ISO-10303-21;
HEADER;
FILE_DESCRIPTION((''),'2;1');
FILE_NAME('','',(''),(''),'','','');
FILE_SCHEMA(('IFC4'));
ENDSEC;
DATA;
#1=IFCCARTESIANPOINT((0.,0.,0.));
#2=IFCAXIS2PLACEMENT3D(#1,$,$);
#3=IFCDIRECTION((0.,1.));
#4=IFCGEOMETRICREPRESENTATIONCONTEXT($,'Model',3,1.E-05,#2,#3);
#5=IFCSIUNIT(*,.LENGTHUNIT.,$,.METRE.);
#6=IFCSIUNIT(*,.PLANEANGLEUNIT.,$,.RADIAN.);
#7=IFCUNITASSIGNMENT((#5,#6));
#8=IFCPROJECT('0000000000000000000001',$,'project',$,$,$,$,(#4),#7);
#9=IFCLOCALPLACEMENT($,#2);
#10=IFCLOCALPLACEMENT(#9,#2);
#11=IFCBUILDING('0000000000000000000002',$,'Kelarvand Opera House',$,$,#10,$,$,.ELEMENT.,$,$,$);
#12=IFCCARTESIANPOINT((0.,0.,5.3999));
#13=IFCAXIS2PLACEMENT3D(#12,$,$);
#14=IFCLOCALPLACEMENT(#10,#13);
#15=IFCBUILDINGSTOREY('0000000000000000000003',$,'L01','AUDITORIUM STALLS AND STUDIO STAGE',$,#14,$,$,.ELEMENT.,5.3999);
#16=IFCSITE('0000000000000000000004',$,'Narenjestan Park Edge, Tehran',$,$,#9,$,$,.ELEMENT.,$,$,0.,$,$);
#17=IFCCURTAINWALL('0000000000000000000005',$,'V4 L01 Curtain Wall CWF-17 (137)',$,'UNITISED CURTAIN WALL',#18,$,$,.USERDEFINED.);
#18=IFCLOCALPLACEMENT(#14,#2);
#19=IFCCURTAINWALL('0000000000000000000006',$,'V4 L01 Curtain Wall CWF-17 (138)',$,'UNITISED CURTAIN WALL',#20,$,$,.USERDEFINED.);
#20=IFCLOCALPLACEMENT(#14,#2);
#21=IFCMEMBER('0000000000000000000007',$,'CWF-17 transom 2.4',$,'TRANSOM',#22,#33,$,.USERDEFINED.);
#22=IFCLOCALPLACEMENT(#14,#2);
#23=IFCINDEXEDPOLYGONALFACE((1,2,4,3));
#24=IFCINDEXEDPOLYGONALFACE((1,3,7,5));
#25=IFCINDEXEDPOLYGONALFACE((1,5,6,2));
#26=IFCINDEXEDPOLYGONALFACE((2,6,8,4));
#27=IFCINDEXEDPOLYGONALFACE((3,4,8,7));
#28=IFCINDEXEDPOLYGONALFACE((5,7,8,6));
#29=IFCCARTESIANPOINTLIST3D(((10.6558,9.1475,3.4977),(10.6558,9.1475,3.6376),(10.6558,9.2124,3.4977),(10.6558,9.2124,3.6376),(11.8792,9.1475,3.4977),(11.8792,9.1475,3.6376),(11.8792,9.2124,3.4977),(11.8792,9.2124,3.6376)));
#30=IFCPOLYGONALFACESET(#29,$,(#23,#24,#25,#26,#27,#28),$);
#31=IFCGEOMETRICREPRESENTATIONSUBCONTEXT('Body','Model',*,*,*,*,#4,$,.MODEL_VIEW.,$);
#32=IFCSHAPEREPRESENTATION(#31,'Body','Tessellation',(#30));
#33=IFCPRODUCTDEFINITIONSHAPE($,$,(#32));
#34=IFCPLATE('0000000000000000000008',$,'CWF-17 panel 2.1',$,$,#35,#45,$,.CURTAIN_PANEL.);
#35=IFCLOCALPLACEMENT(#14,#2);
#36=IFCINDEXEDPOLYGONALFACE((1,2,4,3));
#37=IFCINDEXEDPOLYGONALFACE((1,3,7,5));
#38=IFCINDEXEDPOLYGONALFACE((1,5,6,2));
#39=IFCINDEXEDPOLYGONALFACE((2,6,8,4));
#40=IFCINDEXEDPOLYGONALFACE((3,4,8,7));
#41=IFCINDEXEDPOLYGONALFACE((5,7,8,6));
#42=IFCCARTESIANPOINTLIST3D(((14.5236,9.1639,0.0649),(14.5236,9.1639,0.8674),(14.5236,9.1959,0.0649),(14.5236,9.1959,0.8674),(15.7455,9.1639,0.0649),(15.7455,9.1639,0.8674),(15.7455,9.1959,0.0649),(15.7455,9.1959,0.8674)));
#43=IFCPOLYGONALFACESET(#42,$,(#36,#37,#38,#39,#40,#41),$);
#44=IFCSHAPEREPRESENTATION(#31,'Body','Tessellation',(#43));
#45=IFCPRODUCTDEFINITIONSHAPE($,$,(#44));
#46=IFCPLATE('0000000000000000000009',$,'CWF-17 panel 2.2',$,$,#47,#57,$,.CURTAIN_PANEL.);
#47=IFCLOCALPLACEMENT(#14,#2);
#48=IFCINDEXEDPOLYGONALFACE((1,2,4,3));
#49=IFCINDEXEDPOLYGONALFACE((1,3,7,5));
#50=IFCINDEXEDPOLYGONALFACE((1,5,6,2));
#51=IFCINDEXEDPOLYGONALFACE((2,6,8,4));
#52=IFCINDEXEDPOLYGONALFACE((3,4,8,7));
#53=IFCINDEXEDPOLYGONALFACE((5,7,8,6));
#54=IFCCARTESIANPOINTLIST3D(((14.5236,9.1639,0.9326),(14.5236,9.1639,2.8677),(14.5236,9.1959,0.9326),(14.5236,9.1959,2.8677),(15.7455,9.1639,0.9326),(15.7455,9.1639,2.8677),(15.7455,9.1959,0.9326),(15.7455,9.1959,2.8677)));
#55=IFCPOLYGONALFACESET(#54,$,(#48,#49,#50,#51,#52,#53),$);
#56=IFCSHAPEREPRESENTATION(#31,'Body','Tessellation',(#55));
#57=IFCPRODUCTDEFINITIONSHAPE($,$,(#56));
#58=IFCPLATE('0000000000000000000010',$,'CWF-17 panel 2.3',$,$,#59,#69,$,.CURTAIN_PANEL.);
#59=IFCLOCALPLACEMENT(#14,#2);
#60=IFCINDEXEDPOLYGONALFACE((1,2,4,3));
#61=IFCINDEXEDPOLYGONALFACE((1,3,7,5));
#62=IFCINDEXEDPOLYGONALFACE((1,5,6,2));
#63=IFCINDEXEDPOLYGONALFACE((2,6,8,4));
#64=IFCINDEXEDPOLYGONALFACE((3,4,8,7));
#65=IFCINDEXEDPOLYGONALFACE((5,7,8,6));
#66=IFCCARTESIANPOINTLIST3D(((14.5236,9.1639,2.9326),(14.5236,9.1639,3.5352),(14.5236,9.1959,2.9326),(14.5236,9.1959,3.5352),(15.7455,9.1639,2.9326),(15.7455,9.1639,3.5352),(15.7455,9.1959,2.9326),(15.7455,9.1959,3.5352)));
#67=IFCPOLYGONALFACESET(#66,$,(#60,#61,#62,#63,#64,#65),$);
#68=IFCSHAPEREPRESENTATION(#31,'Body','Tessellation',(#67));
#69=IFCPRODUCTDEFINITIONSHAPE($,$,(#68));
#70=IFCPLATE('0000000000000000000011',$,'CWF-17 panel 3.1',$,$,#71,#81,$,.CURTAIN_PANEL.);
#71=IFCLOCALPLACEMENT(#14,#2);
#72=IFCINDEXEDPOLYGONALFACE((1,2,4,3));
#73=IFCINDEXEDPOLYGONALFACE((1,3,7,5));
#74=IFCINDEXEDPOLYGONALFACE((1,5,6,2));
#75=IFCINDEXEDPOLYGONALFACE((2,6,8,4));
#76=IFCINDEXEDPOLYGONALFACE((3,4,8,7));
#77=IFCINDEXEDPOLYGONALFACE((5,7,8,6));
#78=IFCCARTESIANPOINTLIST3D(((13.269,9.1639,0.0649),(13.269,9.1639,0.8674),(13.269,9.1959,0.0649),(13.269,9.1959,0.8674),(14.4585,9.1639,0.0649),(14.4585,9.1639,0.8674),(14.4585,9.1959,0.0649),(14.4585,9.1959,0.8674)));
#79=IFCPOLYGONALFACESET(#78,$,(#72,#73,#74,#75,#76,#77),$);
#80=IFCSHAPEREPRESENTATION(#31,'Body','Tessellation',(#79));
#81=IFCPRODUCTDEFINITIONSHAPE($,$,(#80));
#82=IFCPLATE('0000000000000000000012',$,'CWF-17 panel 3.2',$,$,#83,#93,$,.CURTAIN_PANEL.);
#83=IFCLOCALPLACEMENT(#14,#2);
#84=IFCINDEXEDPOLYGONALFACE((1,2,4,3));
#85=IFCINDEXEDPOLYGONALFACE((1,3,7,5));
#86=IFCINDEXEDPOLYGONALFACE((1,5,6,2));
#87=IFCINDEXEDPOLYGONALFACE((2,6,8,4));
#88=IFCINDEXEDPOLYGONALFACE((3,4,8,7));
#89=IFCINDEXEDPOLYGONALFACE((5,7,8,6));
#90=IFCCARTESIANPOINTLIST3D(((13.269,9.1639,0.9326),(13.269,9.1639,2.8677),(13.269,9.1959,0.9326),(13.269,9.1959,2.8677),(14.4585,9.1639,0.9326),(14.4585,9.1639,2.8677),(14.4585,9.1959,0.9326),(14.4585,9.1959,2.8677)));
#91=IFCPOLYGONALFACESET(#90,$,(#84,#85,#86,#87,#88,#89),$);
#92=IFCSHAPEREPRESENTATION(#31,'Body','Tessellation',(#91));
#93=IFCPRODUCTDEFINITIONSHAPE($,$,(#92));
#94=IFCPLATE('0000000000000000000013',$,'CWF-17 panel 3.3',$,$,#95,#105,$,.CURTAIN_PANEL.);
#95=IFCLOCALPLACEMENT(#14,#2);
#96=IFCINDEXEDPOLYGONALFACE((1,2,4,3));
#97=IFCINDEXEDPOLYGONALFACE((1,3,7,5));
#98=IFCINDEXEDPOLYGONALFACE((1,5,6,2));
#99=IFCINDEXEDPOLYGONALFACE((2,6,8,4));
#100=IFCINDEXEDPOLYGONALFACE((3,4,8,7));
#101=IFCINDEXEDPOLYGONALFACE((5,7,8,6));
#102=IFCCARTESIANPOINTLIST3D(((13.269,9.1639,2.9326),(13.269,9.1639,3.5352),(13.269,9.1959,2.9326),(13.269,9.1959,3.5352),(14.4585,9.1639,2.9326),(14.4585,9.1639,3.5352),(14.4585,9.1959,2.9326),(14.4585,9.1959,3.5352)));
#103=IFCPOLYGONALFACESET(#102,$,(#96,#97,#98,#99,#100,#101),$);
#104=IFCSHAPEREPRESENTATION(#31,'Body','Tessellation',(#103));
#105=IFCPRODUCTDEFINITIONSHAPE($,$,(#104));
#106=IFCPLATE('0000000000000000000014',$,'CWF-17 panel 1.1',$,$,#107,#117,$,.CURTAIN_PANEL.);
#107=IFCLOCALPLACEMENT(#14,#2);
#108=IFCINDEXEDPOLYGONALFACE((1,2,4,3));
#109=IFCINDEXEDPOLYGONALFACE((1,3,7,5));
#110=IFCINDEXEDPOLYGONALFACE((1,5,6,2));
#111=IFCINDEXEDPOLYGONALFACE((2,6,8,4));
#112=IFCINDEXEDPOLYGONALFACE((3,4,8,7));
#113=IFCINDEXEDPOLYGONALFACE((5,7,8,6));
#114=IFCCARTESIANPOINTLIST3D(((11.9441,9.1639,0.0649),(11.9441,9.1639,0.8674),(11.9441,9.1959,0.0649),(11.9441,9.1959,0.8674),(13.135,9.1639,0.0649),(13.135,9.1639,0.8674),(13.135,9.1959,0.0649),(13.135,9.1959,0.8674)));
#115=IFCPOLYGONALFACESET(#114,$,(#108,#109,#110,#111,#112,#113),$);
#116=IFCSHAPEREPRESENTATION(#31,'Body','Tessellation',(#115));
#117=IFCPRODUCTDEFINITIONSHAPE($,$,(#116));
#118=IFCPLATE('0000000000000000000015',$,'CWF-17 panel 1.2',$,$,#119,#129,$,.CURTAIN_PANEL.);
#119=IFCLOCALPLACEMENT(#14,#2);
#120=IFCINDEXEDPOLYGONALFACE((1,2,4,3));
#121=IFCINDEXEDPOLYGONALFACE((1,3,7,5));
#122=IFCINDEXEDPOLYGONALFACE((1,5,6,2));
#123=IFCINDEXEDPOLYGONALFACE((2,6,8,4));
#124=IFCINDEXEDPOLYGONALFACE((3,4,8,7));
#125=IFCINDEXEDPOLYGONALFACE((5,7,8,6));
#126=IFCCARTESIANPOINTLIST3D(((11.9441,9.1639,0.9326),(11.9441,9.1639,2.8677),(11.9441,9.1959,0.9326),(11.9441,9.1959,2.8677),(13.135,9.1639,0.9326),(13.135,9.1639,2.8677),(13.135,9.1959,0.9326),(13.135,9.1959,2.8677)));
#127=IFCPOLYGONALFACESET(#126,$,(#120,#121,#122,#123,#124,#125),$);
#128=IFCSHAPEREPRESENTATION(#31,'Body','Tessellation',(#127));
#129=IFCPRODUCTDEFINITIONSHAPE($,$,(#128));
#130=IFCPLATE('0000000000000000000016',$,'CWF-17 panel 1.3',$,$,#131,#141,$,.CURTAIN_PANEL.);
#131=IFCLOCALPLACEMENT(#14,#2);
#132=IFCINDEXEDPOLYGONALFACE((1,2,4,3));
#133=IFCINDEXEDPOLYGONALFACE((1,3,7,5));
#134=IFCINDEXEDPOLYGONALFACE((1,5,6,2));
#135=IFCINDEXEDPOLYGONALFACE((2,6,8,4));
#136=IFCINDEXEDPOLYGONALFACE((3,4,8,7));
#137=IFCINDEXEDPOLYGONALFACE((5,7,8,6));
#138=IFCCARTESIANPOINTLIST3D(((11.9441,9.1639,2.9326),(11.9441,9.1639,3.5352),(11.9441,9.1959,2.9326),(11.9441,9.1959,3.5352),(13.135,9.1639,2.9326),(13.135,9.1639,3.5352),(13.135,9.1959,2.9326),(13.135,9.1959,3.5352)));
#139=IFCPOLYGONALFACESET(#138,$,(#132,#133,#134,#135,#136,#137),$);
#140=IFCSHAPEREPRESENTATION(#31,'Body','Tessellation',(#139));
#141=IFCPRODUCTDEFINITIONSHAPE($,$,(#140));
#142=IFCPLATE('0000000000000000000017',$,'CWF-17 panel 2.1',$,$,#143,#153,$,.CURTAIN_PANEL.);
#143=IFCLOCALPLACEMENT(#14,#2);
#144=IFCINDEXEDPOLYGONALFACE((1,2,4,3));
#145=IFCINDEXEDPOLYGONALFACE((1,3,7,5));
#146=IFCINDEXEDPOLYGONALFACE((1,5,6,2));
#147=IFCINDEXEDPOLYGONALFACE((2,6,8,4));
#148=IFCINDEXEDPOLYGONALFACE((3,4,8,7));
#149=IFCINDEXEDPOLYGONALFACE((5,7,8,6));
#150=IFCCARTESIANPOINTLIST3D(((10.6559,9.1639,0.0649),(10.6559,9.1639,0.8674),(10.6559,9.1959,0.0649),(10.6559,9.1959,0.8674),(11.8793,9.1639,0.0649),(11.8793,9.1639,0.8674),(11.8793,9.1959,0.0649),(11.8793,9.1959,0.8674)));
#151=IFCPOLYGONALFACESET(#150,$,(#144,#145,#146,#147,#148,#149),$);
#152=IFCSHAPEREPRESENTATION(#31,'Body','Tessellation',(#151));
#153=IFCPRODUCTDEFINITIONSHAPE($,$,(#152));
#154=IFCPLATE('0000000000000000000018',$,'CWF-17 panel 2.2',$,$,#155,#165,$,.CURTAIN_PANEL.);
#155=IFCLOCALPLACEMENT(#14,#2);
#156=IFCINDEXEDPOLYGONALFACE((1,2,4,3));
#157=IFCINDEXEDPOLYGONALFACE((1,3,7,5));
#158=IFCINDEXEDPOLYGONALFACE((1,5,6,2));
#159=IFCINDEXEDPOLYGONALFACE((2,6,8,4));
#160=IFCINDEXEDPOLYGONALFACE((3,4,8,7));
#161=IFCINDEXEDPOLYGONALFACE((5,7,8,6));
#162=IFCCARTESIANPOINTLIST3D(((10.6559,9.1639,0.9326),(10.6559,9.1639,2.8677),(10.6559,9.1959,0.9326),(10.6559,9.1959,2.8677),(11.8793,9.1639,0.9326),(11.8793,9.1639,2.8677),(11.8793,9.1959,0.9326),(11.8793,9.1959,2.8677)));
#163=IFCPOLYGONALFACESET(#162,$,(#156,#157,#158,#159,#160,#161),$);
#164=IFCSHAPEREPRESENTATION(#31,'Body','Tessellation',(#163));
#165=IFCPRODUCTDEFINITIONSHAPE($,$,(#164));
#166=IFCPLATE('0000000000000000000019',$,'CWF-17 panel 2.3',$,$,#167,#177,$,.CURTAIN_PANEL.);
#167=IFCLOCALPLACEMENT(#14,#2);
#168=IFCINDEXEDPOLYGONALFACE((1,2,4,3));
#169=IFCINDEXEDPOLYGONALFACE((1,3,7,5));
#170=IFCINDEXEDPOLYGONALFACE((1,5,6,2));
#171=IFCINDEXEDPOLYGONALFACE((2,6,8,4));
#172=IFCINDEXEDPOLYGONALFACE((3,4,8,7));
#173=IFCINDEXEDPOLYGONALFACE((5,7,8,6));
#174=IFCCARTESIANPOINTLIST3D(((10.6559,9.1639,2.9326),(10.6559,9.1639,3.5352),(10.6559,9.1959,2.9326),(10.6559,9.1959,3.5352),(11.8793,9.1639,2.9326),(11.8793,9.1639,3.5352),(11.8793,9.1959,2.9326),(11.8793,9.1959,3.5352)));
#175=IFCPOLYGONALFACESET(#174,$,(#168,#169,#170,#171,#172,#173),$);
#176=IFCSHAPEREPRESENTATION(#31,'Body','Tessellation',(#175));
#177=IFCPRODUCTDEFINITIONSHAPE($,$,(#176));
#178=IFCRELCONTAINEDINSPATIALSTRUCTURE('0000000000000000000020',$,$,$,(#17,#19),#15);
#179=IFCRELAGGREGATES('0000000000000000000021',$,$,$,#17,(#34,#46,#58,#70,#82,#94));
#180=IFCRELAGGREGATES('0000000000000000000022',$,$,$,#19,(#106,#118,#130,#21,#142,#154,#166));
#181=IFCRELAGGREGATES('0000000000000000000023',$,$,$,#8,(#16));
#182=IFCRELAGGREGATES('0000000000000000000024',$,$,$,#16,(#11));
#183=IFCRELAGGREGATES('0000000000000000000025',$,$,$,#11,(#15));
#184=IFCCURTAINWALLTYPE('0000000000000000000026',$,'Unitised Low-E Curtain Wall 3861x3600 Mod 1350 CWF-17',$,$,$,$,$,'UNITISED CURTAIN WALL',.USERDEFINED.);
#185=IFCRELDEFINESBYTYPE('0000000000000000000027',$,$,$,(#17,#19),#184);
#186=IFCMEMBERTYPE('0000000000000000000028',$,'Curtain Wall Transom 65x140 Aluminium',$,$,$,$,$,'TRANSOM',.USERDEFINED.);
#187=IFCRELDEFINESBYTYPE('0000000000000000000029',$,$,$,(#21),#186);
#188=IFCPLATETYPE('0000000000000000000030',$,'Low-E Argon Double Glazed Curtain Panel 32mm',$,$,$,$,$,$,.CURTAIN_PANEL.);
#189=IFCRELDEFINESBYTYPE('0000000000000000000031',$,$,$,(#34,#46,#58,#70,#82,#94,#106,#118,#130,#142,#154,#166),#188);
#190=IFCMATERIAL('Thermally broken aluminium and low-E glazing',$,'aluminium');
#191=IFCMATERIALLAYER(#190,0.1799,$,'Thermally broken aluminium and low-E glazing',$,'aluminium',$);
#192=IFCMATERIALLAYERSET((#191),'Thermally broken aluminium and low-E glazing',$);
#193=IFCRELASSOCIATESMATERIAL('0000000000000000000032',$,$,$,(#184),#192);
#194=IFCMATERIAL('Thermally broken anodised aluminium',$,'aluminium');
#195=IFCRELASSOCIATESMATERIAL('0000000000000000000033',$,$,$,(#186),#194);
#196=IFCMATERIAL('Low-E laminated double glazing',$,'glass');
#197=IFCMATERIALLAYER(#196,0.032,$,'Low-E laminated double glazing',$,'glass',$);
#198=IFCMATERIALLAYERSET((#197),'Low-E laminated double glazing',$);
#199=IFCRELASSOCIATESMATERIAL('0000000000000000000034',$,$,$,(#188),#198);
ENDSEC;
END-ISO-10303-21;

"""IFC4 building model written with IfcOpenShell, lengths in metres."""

from ifc_helpers import new_model, si_unit, direction, frame, origin, origin_2d, place, context, subcontext, project, spatial, rectangle, extrude, material, layer, layer_set, material_profile, profile_set, type_object, element, aggregate, save


model = new_model("IFC4")

# Units and contexts
model_context = context("Model", 3, precision=1e-05, world=origin(), true_north=direction((0.0, 1.0)))
body_context = subcontext(model_context, "Body", "Model", "MODEL_VIEW")
ifc_project = project(units=[si_unit("LENGTHUNIT", "METRE"), si_unit("PLANEANGLEUNIT", "RADIAN")], contexts=[model_context])

# Site, building, storey
site_placement = place(None, origin())
site = spatial("IfcSite", under=ifc_project, at=site_placement, Name="Narenjestan Park Edge, Tehran", CompositionType="ELEMENT", RefElevation=0.0)
building_placement = place(site_placement, origin())
building = spatial("IfcBuilding", under=site, at=building_placement, Name="Kelarvand Opera House", CompositionType="ELEMENT")
storey_placement = place(building_placement, frame((0.0, 0.0, 5.3999)))
storey = spatial("IfcBuildingStorey", under=building, at=storey_placement, Name="L01", Description="AUDITORIUM STALLS AND STUDIO STAGE", CompositionType="ELEMENT", Elevation=5.3999)

# Curtain walls
ifc_material_1 = material(Name="Thermally broken aluminium and low-E glazing", Category="aluminium")
ifc_layer_1 = layer(ifc_material_1, 0.1799, Name="Thermally broken aluminium and low-E glazing", Category="aluminium")
ifc_layer_set_1 = layer_set([ifc_layer_1], Name="Thermally broken aluminium and low-E glazing")
curtain_wall_type = type_object("IfcCurtainWallType", Name="Unitised Low-E Curtain Wall 3861x3600 Mod 1350 CWF-17", ElementType="UNITISED CURTAIN WALL", PredefinedType="USERDEFINED", material=ifc_layer_set_1)
curtain_wall_1_placement = place(storey_placement, origin())
curtain_wall_1 = element("IfcCurtainWall", 1, at=curtain_wall_1_placement, inside=storey, type_object=curtain_wall_type, Name="V4 L01 Curtain Wall CWF-17 (137)", ObjectType="UNITISED CURTAIN WALL", PredefinedType="USERDEFINED")
ifc_material_2 = material(Name="Thermally broken anodised aluminium", Category="aluminium")
curtain_wall_2_placement = place(storey_placement, origin())
curtain_wall_2 = element("IfcCurtainWall", 2, at=curtain_wall_2_placement, inside=storey, type_object=curtain_wall_type, Name="V4 L01 Curtain Wall CWF-17 (138)", ObjectType="UNITISED CURTAIN WALL", PredefinedType="USERDEFINED")

# Member
ifc_material_profile_1 = material_profile(ifc_material_2, rectangle(XDim=0.0649, YDim=0.1399, at=origin_2d()), Name="ALU TRANSOM 65x140", Category="aluminium")
ifc_profile_set_1 = profile_set([ifc_material_profile_1], Name="Thermally broken anodised aluminium")
member_type_1 = type_object("IfcMemberType", Name="Curtain Wall Transom 65x140 Aluminium", ElementType="TRANSOM", PredefinedType="USERDEFINED", material=ifc_profile_set_1)
member_1_placement = place(storey_placement, frame((11.8792, 9.1799, 3.5676), z_axis=(-1.0, 0.0, 0.0), x_axis=(0.0, -1.0, 0.0)))
member_1 = element("IfcMember", 3, at=member_1_placement, type_object=member_type_1, Name="CWF-17 transom 2.4", ObjectType="TRANSOM", PredefinedType="USERDEFINED", context=body_context, shape_type="SweptSolid", body=[
    extrude(rectangle(XDim=0.0649, YDim=0.1399, at=origin_2d()), origin(), (0.0, 0.0, 1.0), 1.2234),
])

# Plates
ifc_material_3 = material(Name="Low-E laminated double glazing", Category="glass")
ifc_layer_2 = layer(ifc_material_3, 0.032, Name="Low-E laminated double glazing", Category="glass")
ifc_layer_set_2 = layer_set([ifc_layer_2], Name="Low-E laminated double glazing")
plate_type = type_object("IfcPlateType", Name="Low-E Argon Double Glazed Curtain Panel 32mm", PredefinedType="CURTAIN_PANEL", material=ifc_layer_set_2)
plate_1_placement = place(storey_placement, frame((15.1345, 9.1799, 0.0649), z_axis=(0.0, 0.0, 1.0), x_axis=(-1.0, 0.0, 0.0)))
plate_1 = element("IfcPlate", 4, at=plate_1_placement, type_object=plate_type, Name="CWF-17 panel 2.1", PredefinedType="CURTAIN_PANEL", context=body_context, shape_type="SweptSolid", body=[
    extrude(rectangle(XDim=1.2219, YDim=0.032, at=origin_2d()), origin(), (0.0, 0.0, 1.0), 0.8025),
])
plate_2_placement = place(storey_placement, frame((15.1345, 9.1799, 0.9326), z_axis=(0.0, 0.0, 1.0), x_axis=(-1.0, 0.0, 0.0)))
plate_2 = element("IfcPlate", 5, at=plate_2_placement, type_object=plate_type, Name="CWF-17 panel 2.2", PredefinedType="CURTAIN_PANEL", context=body_context, shape_type="SweptSolid", body=[
    extrude(rectangle(XDim=1.2219, YDim=0.032, at=origin_2d()), origin(), (0.0, 0.0, 1.0), 1.9351),
])
plate_3_placement = place(storey_placement, frame((15.1345, 9.1799, 2.9326), z_axis=(0.0, 0.0, 1.0), x_axis=(-1.0, 0.0, 0.0)))
plate_3 = element("IfcPlate", 6, at=plate_3_placement, type_object=plate_type, Name="CWF-17 panel 2.3", PredefinedType="CURTAIN_PANEL", context=body_context, shape_type="SweptSolid", body=[
    extrude(rectangle(XDim=1.2219, YDim=0.032, at=origin_2d()), origin(), (0.0, 0.0, 1.0), 0.6025),
])
plate_4_placement = place(storey_placement, frame((13.8638, 9.1799, 0.0649), z_axis=(0.0, 0.0, 1.0), x_axis=(-1.0, 0.0, 0.0)))
plate_4 = element("IfcPlate", 7, at=plate_4_placement, type_object=plate_type, Name="CWF-17 panel 3.1", PredefinedType="CURTAIN_PANEL", context=body_context, shape_type="SweptSolid", body=[
    extrude(rectangle(XDim=1.1895, YDim=0.032, at=origin_2d()), origin(), (0.0, 0.0, 1.0), 0.8025),
])
plate_5_placement = place(storey_placement, frame((13.8638, 9.1799, 0.9326), z_axis=(0.0, 0.0, 1.0), x_axis=(-1.0, 0.0, 0.0)))
plate_5 = element("IfcPlate", 8, at=plate_5_placement, type_object=plate_type, Name="CWF-17 panel 3.2", PredefinedType="CURTAIN_PANEL", context=body_context, shape_type="SweptSolid", body=[
    extrude(rectangle(XDim=1.1895, YDim=0.032, at=origin_2d()), origin(), (0.0, 0.0, 1.0), 1.9351),
])
plate_6_placement = place(storey_placement, frame((13.8638, 9.1799, 2.9326), z_axis=(0.0, 0.0, 1.0), x_axis=(-1.0, 0.0, 0.0)))
plate_6 = element("IfcPlate", 9, at=plate_6_placement, type_object=plate_type, Name="CWF-17 panel 3.3", PredefinedType="CURTAIN_PANEL", context=body_context, shape_type="SweptSolid", body=[
    extrude(rectangle(XDim=1.1895, YDim=0.032, at=origin_2d()), origin(), (0.0, 0.0, 1.0), 0.6025),
])
aggregate(curtain_wall_1, [plate_1, plate_2, plate_3, plate_4, plate_5, plate_6])
plate_7_placement = place(storey_placement, frame((12.5396, 9.1799, 0.0649), z_axis=(0.0, 0.0, 1.0), x_axis=(-1.0, 0.0, 0.0)))
plate_7 = element("IfcPlate", 10, at=plate_7_placement, type_object=plate_type, Name="CWF-17 panel 1.1", PredefinedType="CURTAIN_PANEL", context=body_context, shape_type="SweptSolid", body=[
    extrude(rectangle(XDim=1.1909, YDim=0.032, at=origin_2d()), origin(), (0.0, 0.0, 1.0), 0.8025),
])
plate_8_placement = place(storey_placement, frame((12.5396, 9.1799, 0.9326), z_axis=(0.0, 0.0, 1.0), x_axis=(-1.0, 0.0, 0.0)))
plate_8 = element("IfcPlate", 11, at=plate_8_placement, type_object=plate_type, Name="CWF-17 panel 1.2", PredefinedType="CURTAIN_PANEL", context=body_context, shape_type="SweptSolid", body=[
    extrude(rectangle(XDim=1.1909, YDim=0.032, at=origin_2d()), origin(), (0.0, 0.0, 1.0), 1.9351),
])
plate_9_placement = place(storey_placement, frame((12.5396, 9.1799, 2.9326), z_axis=(0.0, 0.0, 1.0), x_axis=(-1.0, 0.0, 0.0)))
plate_9 = element("IfcPlate", 12, at=plate_9_placement, type_object=plate_type, Name="CWF-17 panel 1.3", PredefinedType="CURTAIN_PANEL", context=body_context, shape_type="SweptSolid", body=[
    extrude(rectangle(XDim=1.1909, YDim=0.032, at=origin_2d()), origin(), (0.0, 0.0, 1.0), 0.6025),
])
plate_10_placement = place(storey_placement, frame((11.2676, 9.1799, 0.0649), z_axis=(0.0, 0.0, 1.0), x_axis=(-1.0, 0.0, 0.0)))
plate_10 = element("IfcPlate", 13, at=plate_10_placement, type_object=plate_type, Name="CWF-17 panel 2.1", PredefinedType="CURTAIN_PANEL", context=body_context, shape_type="SweptSolid", body=[
    extrude(rectangle(XDim=1.2234, YDim=0.032, at=origin_2d()), origin(), (0.0, 0.0, 1.0), 0.8025),
])
plate_11_placement = place(storey_placement, frame((11.2676, 9.1799, 0.9326), z_axis=(0.0, 0.0, 1.0), x_axis=(-1.0, 0.0, 0.0)))
plate_11 = element("IfcPlate", 14, at=plate_11_placement, type_object=plate_type, Name="CWF-17 panel 2.2", PredefinedType="CURTAIN_PANEL", context=body_context, shape_type="SweptSolid", body=[
    extrude(rectangle(XDim=1.2234, YDim=0.032, at=origin_2d()), origin(), (0.0, 0.0, 1.0), 1.9351),
])
plate_12_placement = place(storey_placement, frame((11.2676, 9.1799, 2.9326), z_axis=(0.0, 0.0, 1.0), x_axis=(-1.0, 0.0, 0.0)))
plate_12 = element("IfcPlate", 15, at=plate_12_placement, type_object=plate_type, Name="CWF-17 panel 2.3", PredefinedType="CURTAIN_PANEL", context=body_context, shape_type="SweptSolid", body=[
    extrude(rectangle(XDim=1.2234, YDim=0.032, at=origin_2d()), origin(), (0.0, 0.0, 1.0), 0.6025),
])
aggregate(curtain_wall_2, [plate_7, plate_8, plate_9, member_1, plate_10, plate_11, plate_12])

save(model, "model.ifc")
